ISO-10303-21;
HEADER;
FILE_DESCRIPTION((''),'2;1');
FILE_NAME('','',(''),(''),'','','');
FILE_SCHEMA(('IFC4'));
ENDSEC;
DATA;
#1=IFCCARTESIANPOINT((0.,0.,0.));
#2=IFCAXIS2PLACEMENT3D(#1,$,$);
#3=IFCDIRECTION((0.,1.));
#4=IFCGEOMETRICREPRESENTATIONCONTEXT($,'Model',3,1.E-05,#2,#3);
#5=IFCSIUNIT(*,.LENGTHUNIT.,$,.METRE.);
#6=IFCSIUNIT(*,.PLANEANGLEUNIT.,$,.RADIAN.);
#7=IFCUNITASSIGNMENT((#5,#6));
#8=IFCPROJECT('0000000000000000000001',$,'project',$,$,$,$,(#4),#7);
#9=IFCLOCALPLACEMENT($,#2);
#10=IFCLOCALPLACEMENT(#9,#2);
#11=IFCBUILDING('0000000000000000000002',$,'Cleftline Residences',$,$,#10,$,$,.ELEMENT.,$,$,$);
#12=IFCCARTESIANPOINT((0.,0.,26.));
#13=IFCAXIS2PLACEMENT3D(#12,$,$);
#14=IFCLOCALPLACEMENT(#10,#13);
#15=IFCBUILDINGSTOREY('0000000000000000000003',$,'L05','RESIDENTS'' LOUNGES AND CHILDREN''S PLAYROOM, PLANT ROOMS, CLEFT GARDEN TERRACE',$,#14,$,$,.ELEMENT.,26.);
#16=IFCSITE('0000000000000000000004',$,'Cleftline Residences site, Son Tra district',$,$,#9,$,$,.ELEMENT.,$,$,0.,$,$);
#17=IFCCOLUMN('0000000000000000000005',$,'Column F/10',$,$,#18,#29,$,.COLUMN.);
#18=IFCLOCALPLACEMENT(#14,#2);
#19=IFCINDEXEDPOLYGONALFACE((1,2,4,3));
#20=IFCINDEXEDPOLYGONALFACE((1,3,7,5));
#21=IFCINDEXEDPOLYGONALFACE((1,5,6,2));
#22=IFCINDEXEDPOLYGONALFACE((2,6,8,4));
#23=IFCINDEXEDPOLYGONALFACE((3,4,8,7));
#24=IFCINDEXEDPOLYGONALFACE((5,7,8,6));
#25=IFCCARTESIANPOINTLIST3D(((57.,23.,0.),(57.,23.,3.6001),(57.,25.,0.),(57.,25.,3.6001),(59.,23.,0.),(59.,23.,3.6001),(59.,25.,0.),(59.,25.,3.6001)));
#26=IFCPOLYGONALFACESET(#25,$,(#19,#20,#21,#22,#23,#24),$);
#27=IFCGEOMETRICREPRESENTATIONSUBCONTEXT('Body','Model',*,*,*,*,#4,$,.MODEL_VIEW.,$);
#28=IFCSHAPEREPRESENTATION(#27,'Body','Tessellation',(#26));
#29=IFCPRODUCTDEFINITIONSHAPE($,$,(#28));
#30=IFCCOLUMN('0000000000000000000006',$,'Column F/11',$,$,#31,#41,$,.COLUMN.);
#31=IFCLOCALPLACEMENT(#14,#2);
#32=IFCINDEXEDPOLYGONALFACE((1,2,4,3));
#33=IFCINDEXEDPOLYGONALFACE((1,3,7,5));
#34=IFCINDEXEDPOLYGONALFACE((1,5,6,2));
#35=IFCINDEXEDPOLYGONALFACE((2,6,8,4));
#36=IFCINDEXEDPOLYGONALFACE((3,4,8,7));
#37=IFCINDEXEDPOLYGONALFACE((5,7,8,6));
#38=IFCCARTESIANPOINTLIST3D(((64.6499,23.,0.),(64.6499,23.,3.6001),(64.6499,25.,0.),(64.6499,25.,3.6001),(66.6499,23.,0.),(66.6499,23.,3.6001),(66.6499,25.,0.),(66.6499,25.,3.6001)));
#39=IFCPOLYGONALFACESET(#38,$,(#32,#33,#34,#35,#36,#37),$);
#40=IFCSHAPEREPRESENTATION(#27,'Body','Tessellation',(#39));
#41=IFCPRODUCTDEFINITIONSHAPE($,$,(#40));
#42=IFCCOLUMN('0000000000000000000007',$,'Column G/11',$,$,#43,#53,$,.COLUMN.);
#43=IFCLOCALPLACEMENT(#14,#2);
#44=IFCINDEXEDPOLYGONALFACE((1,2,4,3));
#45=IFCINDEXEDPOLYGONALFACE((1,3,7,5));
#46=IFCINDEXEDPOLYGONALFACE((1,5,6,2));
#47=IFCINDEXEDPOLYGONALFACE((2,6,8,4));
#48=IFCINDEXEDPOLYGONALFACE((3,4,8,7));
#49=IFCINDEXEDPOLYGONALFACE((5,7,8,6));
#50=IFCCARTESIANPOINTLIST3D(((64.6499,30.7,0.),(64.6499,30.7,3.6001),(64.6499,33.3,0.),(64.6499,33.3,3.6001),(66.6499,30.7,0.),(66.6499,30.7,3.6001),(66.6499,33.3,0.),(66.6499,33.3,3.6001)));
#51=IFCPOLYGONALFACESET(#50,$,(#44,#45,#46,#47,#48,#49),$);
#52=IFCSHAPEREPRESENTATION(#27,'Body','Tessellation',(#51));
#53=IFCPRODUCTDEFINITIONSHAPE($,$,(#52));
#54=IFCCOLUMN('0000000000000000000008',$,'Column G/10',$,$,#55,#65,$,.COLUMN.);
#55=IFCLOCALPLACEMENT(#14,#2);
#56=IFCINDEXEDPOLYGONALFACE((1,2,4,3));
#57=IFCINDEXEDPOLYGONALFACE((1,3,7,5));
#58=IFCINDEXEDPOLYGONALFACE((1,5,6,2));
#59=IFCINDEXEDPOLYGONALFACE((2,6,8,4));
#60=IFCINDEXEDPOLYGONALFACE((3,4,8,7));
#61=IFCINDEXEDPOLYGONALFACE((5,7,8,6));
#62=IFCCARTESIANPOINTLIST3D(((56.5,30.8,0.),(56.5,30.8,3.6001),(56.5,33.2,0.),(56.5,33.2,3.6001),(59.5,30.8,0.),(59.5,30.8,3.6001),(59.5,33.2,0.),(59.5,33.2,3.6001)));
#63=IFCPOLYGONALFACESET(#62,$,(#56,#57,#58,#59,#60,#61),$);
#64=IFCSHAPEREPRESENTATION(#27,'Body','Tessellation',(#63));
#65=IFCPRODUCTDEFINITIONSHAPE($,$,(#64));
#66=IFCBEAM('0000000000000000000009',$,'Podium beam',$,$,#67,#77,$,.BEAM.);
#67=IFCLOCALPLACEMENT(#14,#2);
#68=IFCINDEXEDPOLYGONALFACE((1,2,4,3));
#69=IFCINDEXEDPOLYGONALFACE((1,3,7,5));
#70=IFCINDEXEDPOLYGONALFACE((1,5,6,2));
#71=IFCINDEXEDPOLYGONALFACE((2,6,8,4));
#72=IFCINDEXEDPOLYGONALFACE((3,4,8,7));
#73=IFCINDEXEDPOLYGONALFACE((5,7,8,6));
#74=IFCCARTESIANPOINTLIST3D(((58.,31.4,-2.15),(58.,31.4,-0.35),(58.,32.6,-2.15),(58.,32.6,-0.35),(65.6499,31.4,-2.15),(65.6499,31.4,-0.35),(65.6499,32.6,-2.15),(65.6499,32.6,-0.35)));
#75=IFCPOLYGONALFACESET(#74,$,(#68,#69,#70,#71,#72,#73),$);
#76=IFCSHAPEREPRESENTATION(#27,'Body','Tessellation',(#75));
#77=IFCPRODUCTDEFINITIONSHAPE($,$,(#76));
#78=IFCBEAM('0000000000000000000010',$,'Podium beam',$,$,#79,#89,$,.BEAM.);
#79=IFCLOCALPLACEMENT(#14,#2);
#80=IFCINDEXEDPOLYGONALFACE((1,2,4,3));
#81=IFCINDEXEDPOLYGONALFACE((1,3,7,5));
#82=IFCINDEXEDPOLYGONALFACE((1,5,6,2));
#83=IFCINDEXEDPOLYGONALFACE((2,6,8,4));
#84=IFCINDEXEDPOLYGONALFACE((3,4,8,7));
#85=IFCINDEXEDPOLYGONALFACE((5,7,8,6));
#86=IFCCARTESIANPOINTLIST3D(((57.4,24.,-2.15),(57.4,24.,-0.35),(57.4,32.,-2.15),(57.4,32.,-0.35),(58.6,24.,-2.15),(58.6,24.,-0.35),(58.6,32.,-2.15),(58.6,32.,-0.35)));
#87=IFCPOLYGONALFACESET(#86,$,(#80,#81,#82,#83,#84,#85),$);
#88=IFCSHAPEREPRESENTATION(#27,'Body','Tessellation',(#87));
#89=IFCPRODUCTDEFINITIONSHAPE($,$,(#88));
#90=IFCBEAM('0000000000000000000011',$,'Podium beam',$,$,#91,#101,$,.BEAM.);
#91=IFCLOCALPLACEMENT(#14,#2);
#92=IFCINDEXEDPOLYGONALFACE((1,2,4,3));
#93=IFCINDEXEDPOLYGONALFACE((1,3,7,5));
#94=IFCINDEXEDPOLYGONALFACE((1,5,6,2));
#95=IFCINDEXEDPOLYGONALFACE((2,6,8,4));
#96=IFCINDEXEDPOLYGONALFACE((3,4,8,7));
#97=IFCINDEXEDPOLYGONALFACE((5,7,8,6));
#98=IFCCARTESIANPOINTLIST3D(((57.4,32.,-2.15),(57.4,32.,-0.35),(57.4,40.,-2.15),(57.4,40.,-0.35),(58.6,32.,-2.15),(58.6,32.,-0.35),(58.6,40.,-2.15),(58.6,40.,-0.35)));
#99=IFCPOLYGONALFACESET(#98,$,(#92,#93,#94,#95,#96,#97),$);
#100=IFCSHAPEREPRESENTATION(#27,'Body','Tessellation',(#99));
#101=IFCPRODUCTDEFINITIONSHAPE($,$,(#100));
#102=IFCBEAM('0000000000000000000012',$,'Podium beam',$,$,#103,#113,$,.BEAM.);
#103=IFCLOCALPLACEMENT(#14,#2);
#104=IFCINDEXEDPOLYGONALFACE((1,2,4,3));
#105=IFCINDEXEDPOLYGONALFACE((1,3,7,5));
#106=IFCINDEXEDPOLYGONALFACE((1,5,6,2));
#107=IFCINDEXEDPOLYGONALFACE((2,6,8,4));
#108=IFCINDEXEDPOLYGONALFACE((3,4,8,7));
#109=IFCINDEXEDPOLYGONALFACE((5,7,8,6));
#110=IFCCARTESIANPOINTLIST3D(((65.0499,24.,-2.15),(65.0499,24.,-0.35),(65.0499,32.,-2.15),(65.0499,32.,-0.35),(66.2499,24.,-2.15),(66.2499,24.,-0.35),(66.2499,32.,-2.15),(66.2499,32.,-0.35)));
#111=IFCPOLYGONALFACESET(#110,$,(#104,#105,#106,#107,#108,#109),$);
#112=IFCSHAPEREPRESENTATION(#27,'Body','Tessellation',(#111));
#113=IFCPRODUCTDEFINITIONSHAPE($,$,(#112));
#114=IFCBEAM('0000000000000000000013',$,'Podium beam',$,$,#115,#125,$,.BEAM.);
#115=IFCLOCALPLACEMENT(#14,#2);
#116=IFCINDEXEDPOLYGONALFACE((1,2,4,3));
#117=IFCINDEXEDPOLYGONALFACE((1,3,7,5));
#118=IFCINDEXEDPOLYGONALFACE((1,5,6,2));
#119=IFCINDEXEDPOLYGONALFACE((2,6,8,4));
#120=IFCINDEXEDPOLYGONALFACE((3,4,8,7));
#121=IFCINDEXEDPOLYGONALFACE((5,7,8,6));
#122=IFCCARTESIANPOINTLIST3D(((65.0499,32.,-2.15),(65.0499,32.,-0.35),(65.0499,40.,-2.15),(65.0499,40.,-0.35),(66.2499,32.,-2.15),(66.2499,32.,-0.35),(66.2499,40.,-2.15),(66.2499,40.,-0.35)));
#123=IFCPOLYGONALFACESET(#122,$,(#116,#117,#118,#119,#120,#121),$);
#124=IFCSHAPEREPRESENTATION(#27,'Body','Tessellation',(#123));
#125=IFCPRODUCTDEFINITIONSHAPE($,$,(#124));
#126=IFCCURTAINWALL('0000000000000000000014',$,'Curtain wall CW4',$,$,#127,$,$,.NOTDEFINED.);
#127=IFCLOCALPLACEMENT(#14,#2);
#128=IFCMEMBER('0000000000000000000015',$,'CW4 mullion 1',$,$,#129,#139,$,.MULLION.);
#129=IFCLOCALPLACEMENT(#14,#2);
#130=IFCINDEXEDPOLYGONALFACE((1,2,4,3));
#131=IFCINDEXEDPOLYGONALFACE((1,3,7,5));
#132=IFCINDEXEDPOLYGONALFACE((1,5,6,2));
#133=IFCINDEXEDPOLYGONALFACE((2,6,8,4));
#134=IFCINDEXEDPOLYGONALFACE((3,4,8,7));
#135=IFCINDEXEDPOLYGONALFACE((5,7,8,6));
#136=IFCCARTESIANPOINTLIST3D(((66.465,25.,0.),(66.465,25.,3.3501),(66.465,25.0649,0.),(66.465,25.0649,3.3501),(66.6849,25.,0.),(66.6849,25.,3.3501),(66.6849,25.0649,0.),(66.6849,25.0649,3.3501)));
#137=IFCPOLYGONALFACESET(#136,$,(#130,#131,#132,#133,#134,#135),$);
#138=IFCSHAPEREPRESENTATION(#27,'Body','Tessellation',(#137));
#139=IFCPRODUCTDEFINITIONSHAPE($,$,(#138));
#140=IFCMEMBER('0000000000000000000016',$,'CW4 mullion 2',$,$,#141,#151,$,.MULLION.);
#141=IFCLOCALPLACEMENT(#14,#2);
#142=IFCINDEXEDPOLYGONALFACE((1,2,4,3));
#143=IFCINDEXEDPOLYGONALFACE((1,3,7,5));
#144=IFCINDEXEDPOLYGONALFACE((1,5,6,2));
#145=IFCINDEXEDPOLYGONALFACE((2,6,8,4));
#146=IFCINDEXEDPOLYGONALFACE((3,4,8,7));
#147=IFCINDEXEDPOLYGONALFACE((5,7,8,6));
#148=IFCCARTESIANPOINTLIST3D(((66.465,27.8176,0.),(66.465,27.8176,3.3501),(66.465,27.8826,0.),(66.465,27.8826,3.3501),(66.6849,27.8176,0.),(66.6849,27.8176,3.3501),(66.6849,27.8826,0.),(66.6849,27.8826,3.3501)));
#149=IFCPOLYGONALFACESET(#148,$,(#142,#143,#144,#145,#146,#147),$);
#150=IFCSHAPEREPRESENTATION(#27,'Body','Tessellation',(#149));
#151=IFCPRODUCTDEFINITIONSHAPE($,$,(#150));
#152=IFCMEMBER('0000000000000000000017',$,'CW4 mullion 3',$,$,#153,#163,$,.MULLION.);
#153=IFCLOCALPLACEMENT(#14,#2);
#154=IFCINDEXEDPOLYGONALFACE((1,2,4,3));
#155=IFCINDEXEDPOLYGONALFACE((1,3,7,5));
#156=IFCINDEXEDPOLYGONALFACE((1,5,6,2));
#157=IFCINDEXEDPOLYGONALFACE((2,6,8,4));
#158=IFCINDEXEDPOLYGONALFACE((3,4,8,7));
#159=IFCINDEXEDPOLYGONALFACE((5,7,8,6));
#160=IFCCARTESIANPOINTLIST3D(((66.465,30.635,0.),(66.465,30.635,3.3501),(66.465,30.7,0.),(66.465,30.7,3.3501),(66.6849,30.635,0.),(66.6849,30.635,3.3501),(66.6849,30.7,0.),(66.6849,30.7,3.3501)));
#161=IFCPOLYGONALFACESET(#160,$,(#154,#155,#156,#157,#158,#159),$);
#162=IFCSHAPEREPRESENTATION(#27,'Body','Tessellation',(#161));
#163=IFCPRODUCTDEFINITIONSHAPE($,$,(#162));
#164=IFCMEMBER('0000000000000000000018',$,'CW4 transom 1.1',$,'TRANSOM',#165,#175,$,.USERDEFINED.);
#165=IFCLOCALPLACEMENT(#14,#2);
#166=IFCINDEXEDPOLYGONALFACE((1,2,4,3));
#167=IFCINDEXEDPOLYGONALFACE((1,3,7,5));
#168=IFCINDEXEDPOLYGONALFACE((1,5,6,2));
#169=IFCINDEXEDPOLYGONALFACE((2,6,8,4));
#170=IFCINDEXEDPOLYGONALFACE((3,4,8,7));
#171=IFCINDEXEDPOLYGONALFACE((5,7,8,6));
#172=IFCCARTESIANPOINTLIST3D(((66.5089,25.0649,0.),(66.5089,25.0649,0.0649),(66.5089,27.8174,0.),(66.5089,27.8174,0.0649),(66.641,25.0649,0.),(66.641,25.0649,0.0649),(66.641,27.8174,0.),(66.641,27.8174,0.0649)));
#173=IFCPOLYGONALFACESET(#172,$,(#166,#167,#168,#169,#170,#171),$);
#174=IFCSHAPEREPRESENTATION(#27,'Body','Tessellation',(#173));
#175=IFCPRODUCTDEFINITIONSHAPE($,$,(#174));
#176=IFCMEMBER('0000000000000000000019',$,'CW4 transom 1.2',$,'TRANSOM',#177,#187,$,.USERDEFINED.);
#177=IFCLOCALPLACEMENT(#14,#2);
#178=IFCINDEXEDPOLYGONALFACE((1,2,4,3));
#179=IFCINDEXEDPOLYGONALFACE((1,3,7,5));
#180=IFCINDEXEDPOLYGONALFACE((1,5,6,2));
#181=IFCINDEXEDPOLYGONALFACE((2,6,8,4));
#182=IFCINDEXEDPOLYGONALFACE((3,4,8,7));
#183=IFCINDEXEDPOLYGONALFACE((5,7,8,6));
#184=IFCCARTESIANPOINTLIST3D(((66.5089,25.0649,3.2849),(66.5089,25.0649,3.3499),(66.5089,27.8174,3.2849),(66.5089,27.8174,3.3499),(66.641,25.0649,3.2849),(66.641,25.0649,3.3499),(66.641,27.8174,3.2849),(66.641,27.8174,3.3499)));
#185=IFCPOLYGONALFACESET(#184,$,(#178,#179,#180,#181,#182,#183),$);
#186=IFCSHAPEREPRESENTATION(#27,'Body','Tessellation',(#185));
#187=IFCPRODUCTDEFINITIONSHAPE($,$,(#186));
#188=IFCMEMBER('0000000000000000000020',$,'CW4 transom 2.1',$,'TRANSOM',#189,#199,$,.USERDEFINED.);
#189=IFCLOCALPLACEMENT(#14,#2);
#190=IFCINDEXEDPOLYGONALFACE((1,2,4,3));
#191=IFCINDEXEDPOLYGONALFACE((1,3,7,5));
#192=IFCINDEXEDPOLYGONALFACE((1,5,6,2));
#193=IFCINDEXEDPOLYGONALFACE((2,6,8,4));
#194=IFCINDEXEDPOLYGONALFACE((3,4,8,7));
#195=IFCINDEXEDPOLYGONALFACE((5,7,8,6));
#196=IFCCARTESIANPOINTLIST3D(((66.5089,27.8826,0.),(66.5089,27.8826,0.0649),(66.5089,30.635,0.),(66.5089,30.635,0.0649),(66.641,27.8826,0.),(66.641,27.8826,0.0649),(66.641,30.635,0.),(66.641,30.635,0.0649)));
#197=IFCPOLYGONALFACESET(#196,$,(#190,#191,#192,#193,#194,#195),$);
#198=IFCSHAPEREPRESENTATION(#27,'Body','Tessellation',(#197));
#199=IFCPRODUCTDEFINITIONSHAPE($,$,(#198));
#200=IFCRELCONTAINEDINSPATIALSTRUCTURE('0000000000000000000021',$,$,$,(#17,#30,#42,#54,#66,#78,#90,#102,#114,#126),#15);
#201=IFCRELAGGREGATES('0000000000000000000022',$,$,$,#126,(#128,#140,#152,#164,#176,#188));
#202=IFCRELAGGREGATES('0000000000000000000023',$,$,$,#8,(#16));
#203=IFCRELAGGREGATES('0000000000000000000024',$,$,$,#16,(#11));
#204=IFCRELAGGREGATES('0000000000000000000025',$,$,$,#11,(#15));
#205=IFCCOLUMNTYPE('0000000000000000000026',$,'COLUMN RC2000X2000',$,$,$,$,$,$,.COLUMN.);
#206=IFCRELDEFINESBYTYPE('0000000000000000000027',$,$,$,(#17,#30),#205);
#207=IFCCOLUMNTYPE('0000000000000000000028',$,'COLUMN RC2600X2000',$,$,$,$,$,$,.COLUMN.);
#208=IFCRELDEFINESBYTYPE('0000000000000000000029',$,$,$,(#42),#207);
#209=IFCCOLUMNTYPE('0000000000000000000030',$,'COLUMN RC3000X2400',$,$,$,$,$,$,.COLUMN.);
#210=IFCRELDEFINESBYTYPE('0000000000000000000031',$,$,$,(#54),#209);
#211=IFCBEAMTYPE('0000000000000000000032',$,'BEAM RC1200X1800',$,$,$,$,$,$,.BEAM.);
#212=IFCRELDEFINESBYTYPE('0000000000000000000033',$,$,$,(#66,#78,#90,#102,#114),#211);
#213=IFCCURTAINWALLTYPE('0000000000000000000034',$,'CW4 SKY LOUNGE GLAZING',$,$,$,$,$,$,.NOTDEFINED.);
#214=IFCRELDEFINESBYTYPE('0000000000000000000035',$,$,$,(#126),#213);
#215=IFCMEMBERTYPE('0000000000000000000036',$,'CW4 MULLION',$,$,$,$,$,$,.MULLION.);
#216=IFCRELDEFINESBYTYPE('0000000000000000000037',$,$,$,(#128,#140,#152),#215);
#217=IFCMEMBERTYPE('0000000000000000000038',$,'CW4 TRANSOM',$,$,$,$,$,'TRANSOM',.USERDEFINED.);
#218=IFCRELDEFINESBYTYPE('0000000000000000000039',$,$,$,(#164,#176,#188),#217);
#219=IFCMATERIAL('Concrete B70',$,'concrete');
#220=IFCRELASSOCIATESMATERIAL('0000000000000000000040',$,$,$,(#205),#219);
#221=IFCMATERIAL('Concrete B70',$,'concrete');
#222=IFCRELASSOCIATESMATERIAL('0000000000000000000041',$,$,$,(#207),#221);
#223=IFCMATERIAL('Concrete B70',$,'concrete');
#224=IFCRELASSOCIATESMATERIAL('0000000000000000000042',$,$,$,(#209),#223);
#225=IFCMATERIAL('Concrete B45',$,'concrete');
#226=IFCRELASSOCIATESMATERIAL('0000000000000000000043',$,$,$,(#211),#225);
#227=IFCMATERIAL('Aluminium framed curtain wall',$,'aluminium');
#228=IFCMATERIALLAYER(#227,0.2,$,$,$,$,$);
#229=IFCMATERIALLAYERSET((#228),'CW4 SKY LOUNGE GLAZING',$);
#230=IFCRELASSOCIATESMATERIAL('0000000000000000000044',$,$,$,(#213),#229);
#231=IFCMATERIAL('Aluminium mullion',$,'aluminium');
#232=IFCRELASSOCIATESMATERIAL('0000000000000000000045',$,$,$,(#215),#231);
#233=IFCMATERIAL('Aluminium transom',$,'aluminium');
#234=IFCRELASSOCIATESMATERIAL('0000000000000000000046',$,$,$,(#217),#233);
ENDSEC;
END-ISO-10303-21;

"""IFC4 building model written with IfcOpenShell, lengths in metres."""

from ifc_helpers import new_model, si_unit, direction, frame, origin, origin_2d, place, context, subcontext, project, spatial, rectangle, extrude, material, layer, layer_set, material_profile, profile_set, type_object, element, aggregate, save


model = new_model("IFC4")

# Units and contexts
model_context = context("Model", 3, precision=1e-05, world=origin(), true_north=direction((0.0, 1.0)))
body_context = subcontext(model_context, "Body", "Model", "MODEL_VIEW")
ifc_project = project(units=[si_unit("LENGTHUNIT", "METRE"), si_unit("PLANEANGLEUNIT", "RADIAN")], contexts=[model_context])

# Site, building, storey
site_placement = place(None, origin())
site = spatial("IfcSite", under=ifc_project, at=site_placement, Name="Cleftline Residences site, Son Tra district", CompositionType="ELEMENT", RefElevation=0.0)
building_placement = place(site_placement, origin())
building = spatial("IfcBuilding", under=site, at=building_placement, Name="Cleftline Residences", CompositionType="ELEMENT")
storey_placement = place(building_placement, frame((0.0, 0.0, 26.0)))
storey = spatial("IfcBuildingStorey", under=building, at=storey_placement, Name="L05", Description="RESIDENTS' LOUNGES AND CHILDREN'S PLAYROOM, PLANT ROOMS, CLEFT GARDEN TERRACE", CompositionType="ELEMENT", Elevation=26.0)

# Columns
ifc_material_1 = material(Name="Concrete B70", Category="concrete")
ifc_material_profile_1 = material_profile(ifc_material_1, rectangle(XDim=2.0, YDim=2.0, at=origin_2d()))
ifc_profile_set_1 = profile_set([ifc_material_profile_1], Name="Concrete B70")
column_type_1 = type_object("IfcColumnType", Name="COLUMN RC2000X2000", PredefinedType="COLUMN", material=ifc_profile_set_1)
for number, where, z_axis, x_axis, name in (
    (1, (58.0, 24.0, 0.0), (0.0, 0.0, 1.0), (1.0, 0.0, 0.0), "Column F/10"),
    (2, (65.6499, 24.0, 0.0), (0.0, 0.0, 1.0), (1.0, 0.0, 0.0), "Column F/11"),
):
    element("IfcColumn", number, at=place(storey_placement, frame(where, z_axis=z_axis, x_axis=x_axis)), inside=storey, type_object=column_type_1, Name=name, PredefinedType="COLUMN", context=body_context, shape_type="SweptSolid", body=[
        extrude(rectangle(XDim=2.0, YDim=2.0, at=origin_2d()), origin(), (0.0, 0.0, 1.0), 3.6001),
    ])
ifc_material_2 = material(Name="Concrete B70", Category="concrete")
ifc_material_profile_2 = material_profile(ifc_material_2, rectangle(XDim=2.6001, YDim=2.0, at=origin_2d()))
ifc_profile_set_2 = profile_set([ifc_material_profile_2], Name="Concrete B70")
column_type_2 = type_object("IfcColumnType", Name="COLUMN RC2600X2000", PredefinedType="COLUMN", material=ifc_profile_set_2)
column_1_placement = place(storey_placement, frame((65.6499, 32.0, 0.0), z_axis=(0.0, 0.0, 1.0), x_axis=(0.0, 1.0, 0.0)))
element("IfcColumn", 3, at=column_1_placement, inside=storey, type_object=column_type_2, Name="Column G/11", PredefinedType="COLUMN", context=body_context, shape_type="SweptSolid", body=[
    extrude(rectangle(XDim=2.6001, YDim=2.0, at=origin_2d()), origin(), (0.0, 0.0, 1.0), 3.6001),
])
ifc_material_3 = material(Name="Concrete B70", Category="concrete")
ifc_material_profile_3 = material_profile(ifc_material_3, rectangle(XDim=3.0, YDim=2.3999, at=origin_2d()))
ifc_profile_set_3 = profile_set([ifc_material_profile_3], Name="Concrete B70")
column_type_3 = type_object("IfcColumnType", Name="COLUMN RC3000X2400", PredefinedType="COLUMN", material=ifc_profile_set_3)
column_2_placement = place(storey_placement, frame((58.0, 32.0, 0.0), z_axis=(0.0, 0.0, 1.0), x_axis=(1.0, 0.0, 0.0)))
element("IfcColumn", 4, at=column_2_placement, inside=storey, type_object=column_type_3, Name="Column G/10", PredefinedType="COLUMN", context=body_context, shape_type="SweptSolid", body=[
    extrude(rectangle(XDim=3.0, YDim=2.3999, at=origin_2d()), origin(), (0.0, 0.0, 1.0), 3.6001),
])

# Beams
ifc_material_4 = material(Name="Concrete B45", Category="concrete")
ifc_material_profile_4 = material_profile(ifc_material_4, rectangle(XDim=1.2, YDim=1.8, at=origin_2d()))
ifc_profile_set_4 = profile_set([ifc_material_profile_4], Name="Concrete B45")
beam_type = type_object("IfcBeamType", Name="BEAM RC1200X1800", PredefinedType="BEAM", material=ifc_profile_set_4)
beam_placement = place(storey_placement, frame((58.0, 32.0, -1.25), z_axis=(1.0, 0.0, 0.0), x_axis=(0.0, 1.0, 0.0)))
element("IfcBeam", 5, at=beam_placement, inside=storey, type_object=beam_type, Name="Podium beam", PredefinedType="BEAM", context=body_context, shape_type="SweptSolid", body=[
    extrude(rectangle(XDim=1.2, YDim=1.8, at=origin_2d()), origin(), (0.0, 0.0, 1.0), 7.6499),
])
for number, where, z_axis, x_axis, name in (
    (6, (58.0, 24.0, -1.25), (0.0, 1.0, 0.0), (-1.0, 0.0, 0.0), "Podium beam"),
    (7, (58.0, 32.0, -1.25), (0.0, 1.0, 0.0), (-1.0, 0.0, 0.0), "Podium beam"),
    (8, (65.6499, 24.0, -1.25), (0.0, 1.0, 0.0), (-1.0, 0.0, 0.0), "Podium beam"),
    (9, (65.6499, 32.0, -1.25), (0.0, 1.0, 0.0), (-1.0, 0.0, 0.0), "Podium beam"),
):
    element("IfcBeam", number, at=place(storey_placement, frame(where, z_axis=z_axis, x_axis=x_axis)), inside=storey, type_object=beam_type, Name=name, PredefinedType="BEAM", context=body_context, shape_type="SweptSolid", body=[
        extrude(rectangle(XDim=1.2, YDim=1.8, at=origin_2d()), origin(), (0.0, 0.0, 1.0), 8.0),
    ])

# Curtain wall, members
ifc_material_5 = material(Name="Aluminium framed curtain wall", Category="aluminium")
ifc_layer_1 = layer(ifc_material_5, 0.2)
ifc_layer_set_1 = layer_set([ifc_layer_1], Name="CW4 SKY LOUNGE GLAZING")
curtain_wall_type = type_object("IfcCurtainWallType", Name="CW4 SKY LOUNGE GLAZING", PredefinedType="NOTDEFINED", material=ifc_layer_set_1)
curtain_wall_placement = place(storey_placement, origin())
curtain_wall = element("IfcCurtainWall", 10, at=curtain_wall_placement, inside=storey, type_object=curtain_wall_type, Name="Curtain wall CW4", PredefinedType="NOTDEFINED")
ifc_material_6 = material(Name="Aluminium mullion", Category="aluminium")
ifc_material_profile_5 = material_profile(ifc_material_6, rectangle(XDim=0.22, YDim=0.0649, at=origin_2d()))
ifc_profile_set_5 = profile_set([ifc_material_profile_5], Name="Aluminium mullion")
member_type_1 = type_object("IfcMemberType", Name="CW4 MULLION", PredefinedType="MULLION", material=ifc_profile_set_5)
member_1_placement = place(storey_placement, frame((66.575, 25.0325, 0.0), z_axis=(0.0, 0.0, 1.0), x_axis=(-1.0, 0.0, 0.0)))
member_1 = element("IfcMember", 11, at=member_1_placement, type_object=member_type_1, Name="CW4 mullion 1", PredefinedType="MULLION", context=body_context, shape_type="SweptSolid", body=[
    extrude(rectangle(XDim=0.22, YDim=0.0649, at=origin_2d()), origin(), (0.0, 0.0, 1.0), 3.3501),
])
member_2_placement = place(storey_placement, frame((66.575, 27.8501, 0.0), z_axis=(0.0, 0.0, 1.0), x_axis=(-1.0, 0.0, 0.0)))
member_2 = element("IfcMember", 12, at=member_2_placement, type_object=member_type_1, Name="CW4 mullion 2", PredefinedType="MULLION", context=body_context, shape_type="SweptSolid", body=[
    extrude(rectangle(XDim=0.22, YDim=0.0649, at=origin_2d()), origin(), (0.0, 0.0, 1.0), 3.3501),
])
member_3_placement = place(storey_placement, frame((66.575, 30.6675, 0.0), z_axis=(0.0, 0.0, 1.0), x_axis=(-1.0, 0.0, 0.0)))
member_3 = element("IfcMember", 13, at=member_3_placement, type_object=member_type_1, Name="CW4 mullion 3", PredefinedType="MULLION", context=body_context, shape_type="SweptSolid", body=[
    extrude(rectangle(XDim=0.22, YDim=0.0649, at=origin_2d()), origin(), (0.0, 0.0, 1.0), 3.3501),
])
ifc_material_7 = material(Name="Aluminium transom", Category="aluminium")
ifc_material_profile_6 = material_profile(ifc_material_7, rectangle(XDim=0.1321, YDim=0.0649, at=origin_2d()))
ifc_profile_set_6 = profile_set([ifc_material_profile_6], Name="Aluminium transom")
member_type_2 = type_object("IfcMemberType", Name="CW4 TRANSOM", ElementType="TRANSOM", PredefinedType="USERDEFINED", material=ifc_profile_set_6)
member_4_placement = place(storey_placement, frame((66.575, 25.0649, 0.0325), z_axis=(0.0, 1.0, 0.0), x_axis=(-1.0, 0.0, 0.0)))
member_4 = element("IfcMember", 14, at=member_4_placement, type_object=member_type_2, Name="CW4 transom 1.1", ObjectType="TRANSOM", PredefinedType="USERDEFINED", context=body_context, shape_type="SweptSolid", body=[
    extrude(rectangle(XDim=0.1321, YDim=0.0649, at=origin_2d()), origin(), (0.0, 0.0, 1.0), 2.7524),
])
member_5_placement = place(storey_placement, frame((66.575, 25.0649, 3.3174), z_axis=(0.0, 1.0, 0.0), x_axis=(-1.0, 0.0, 0.0)))
member_5 = element("IfcMember", 15, at=member_5_placement, type_object=member_type_2, Name="CW4 transom 1.2", ObjectType="TRANSOM", PredefinedType="USERDEFINED", context=body_context, shape_type="SweptSolid", body=[
    extrude(rectangle(XDim=0.1321, YDim=0.0649, at=origin_2d()), origin(), (0.0, 0.0, 1.0), 2.7524),
])
member_6_placement = place(storey_placement, frame((66.575, 27.8826, 0.0325), z_axis=(0.0, 1.0, 0.0), x_axis=(-1.0, 0.0, 0.0)))
member_6 = element("IfcMember", 16, at=member_6_placement, type_object=member_type_2, Name="CW4 transom 2.1", ObjectType="TRANSOM", PredefinedType="USERDEFINED", context=body_context, shape_type="SweptSolid", body=[
    extrude(rectangle(XDim=0.1321, YDim=0.0649, at=origin_2d()), origin(), (0.0, 0.0, 1.0), 2.7524),
])
aggregate(curtain_wall, [member_1, member_2, member_3, member_4, member_5, member_6])

save(model, "model.ifc")
